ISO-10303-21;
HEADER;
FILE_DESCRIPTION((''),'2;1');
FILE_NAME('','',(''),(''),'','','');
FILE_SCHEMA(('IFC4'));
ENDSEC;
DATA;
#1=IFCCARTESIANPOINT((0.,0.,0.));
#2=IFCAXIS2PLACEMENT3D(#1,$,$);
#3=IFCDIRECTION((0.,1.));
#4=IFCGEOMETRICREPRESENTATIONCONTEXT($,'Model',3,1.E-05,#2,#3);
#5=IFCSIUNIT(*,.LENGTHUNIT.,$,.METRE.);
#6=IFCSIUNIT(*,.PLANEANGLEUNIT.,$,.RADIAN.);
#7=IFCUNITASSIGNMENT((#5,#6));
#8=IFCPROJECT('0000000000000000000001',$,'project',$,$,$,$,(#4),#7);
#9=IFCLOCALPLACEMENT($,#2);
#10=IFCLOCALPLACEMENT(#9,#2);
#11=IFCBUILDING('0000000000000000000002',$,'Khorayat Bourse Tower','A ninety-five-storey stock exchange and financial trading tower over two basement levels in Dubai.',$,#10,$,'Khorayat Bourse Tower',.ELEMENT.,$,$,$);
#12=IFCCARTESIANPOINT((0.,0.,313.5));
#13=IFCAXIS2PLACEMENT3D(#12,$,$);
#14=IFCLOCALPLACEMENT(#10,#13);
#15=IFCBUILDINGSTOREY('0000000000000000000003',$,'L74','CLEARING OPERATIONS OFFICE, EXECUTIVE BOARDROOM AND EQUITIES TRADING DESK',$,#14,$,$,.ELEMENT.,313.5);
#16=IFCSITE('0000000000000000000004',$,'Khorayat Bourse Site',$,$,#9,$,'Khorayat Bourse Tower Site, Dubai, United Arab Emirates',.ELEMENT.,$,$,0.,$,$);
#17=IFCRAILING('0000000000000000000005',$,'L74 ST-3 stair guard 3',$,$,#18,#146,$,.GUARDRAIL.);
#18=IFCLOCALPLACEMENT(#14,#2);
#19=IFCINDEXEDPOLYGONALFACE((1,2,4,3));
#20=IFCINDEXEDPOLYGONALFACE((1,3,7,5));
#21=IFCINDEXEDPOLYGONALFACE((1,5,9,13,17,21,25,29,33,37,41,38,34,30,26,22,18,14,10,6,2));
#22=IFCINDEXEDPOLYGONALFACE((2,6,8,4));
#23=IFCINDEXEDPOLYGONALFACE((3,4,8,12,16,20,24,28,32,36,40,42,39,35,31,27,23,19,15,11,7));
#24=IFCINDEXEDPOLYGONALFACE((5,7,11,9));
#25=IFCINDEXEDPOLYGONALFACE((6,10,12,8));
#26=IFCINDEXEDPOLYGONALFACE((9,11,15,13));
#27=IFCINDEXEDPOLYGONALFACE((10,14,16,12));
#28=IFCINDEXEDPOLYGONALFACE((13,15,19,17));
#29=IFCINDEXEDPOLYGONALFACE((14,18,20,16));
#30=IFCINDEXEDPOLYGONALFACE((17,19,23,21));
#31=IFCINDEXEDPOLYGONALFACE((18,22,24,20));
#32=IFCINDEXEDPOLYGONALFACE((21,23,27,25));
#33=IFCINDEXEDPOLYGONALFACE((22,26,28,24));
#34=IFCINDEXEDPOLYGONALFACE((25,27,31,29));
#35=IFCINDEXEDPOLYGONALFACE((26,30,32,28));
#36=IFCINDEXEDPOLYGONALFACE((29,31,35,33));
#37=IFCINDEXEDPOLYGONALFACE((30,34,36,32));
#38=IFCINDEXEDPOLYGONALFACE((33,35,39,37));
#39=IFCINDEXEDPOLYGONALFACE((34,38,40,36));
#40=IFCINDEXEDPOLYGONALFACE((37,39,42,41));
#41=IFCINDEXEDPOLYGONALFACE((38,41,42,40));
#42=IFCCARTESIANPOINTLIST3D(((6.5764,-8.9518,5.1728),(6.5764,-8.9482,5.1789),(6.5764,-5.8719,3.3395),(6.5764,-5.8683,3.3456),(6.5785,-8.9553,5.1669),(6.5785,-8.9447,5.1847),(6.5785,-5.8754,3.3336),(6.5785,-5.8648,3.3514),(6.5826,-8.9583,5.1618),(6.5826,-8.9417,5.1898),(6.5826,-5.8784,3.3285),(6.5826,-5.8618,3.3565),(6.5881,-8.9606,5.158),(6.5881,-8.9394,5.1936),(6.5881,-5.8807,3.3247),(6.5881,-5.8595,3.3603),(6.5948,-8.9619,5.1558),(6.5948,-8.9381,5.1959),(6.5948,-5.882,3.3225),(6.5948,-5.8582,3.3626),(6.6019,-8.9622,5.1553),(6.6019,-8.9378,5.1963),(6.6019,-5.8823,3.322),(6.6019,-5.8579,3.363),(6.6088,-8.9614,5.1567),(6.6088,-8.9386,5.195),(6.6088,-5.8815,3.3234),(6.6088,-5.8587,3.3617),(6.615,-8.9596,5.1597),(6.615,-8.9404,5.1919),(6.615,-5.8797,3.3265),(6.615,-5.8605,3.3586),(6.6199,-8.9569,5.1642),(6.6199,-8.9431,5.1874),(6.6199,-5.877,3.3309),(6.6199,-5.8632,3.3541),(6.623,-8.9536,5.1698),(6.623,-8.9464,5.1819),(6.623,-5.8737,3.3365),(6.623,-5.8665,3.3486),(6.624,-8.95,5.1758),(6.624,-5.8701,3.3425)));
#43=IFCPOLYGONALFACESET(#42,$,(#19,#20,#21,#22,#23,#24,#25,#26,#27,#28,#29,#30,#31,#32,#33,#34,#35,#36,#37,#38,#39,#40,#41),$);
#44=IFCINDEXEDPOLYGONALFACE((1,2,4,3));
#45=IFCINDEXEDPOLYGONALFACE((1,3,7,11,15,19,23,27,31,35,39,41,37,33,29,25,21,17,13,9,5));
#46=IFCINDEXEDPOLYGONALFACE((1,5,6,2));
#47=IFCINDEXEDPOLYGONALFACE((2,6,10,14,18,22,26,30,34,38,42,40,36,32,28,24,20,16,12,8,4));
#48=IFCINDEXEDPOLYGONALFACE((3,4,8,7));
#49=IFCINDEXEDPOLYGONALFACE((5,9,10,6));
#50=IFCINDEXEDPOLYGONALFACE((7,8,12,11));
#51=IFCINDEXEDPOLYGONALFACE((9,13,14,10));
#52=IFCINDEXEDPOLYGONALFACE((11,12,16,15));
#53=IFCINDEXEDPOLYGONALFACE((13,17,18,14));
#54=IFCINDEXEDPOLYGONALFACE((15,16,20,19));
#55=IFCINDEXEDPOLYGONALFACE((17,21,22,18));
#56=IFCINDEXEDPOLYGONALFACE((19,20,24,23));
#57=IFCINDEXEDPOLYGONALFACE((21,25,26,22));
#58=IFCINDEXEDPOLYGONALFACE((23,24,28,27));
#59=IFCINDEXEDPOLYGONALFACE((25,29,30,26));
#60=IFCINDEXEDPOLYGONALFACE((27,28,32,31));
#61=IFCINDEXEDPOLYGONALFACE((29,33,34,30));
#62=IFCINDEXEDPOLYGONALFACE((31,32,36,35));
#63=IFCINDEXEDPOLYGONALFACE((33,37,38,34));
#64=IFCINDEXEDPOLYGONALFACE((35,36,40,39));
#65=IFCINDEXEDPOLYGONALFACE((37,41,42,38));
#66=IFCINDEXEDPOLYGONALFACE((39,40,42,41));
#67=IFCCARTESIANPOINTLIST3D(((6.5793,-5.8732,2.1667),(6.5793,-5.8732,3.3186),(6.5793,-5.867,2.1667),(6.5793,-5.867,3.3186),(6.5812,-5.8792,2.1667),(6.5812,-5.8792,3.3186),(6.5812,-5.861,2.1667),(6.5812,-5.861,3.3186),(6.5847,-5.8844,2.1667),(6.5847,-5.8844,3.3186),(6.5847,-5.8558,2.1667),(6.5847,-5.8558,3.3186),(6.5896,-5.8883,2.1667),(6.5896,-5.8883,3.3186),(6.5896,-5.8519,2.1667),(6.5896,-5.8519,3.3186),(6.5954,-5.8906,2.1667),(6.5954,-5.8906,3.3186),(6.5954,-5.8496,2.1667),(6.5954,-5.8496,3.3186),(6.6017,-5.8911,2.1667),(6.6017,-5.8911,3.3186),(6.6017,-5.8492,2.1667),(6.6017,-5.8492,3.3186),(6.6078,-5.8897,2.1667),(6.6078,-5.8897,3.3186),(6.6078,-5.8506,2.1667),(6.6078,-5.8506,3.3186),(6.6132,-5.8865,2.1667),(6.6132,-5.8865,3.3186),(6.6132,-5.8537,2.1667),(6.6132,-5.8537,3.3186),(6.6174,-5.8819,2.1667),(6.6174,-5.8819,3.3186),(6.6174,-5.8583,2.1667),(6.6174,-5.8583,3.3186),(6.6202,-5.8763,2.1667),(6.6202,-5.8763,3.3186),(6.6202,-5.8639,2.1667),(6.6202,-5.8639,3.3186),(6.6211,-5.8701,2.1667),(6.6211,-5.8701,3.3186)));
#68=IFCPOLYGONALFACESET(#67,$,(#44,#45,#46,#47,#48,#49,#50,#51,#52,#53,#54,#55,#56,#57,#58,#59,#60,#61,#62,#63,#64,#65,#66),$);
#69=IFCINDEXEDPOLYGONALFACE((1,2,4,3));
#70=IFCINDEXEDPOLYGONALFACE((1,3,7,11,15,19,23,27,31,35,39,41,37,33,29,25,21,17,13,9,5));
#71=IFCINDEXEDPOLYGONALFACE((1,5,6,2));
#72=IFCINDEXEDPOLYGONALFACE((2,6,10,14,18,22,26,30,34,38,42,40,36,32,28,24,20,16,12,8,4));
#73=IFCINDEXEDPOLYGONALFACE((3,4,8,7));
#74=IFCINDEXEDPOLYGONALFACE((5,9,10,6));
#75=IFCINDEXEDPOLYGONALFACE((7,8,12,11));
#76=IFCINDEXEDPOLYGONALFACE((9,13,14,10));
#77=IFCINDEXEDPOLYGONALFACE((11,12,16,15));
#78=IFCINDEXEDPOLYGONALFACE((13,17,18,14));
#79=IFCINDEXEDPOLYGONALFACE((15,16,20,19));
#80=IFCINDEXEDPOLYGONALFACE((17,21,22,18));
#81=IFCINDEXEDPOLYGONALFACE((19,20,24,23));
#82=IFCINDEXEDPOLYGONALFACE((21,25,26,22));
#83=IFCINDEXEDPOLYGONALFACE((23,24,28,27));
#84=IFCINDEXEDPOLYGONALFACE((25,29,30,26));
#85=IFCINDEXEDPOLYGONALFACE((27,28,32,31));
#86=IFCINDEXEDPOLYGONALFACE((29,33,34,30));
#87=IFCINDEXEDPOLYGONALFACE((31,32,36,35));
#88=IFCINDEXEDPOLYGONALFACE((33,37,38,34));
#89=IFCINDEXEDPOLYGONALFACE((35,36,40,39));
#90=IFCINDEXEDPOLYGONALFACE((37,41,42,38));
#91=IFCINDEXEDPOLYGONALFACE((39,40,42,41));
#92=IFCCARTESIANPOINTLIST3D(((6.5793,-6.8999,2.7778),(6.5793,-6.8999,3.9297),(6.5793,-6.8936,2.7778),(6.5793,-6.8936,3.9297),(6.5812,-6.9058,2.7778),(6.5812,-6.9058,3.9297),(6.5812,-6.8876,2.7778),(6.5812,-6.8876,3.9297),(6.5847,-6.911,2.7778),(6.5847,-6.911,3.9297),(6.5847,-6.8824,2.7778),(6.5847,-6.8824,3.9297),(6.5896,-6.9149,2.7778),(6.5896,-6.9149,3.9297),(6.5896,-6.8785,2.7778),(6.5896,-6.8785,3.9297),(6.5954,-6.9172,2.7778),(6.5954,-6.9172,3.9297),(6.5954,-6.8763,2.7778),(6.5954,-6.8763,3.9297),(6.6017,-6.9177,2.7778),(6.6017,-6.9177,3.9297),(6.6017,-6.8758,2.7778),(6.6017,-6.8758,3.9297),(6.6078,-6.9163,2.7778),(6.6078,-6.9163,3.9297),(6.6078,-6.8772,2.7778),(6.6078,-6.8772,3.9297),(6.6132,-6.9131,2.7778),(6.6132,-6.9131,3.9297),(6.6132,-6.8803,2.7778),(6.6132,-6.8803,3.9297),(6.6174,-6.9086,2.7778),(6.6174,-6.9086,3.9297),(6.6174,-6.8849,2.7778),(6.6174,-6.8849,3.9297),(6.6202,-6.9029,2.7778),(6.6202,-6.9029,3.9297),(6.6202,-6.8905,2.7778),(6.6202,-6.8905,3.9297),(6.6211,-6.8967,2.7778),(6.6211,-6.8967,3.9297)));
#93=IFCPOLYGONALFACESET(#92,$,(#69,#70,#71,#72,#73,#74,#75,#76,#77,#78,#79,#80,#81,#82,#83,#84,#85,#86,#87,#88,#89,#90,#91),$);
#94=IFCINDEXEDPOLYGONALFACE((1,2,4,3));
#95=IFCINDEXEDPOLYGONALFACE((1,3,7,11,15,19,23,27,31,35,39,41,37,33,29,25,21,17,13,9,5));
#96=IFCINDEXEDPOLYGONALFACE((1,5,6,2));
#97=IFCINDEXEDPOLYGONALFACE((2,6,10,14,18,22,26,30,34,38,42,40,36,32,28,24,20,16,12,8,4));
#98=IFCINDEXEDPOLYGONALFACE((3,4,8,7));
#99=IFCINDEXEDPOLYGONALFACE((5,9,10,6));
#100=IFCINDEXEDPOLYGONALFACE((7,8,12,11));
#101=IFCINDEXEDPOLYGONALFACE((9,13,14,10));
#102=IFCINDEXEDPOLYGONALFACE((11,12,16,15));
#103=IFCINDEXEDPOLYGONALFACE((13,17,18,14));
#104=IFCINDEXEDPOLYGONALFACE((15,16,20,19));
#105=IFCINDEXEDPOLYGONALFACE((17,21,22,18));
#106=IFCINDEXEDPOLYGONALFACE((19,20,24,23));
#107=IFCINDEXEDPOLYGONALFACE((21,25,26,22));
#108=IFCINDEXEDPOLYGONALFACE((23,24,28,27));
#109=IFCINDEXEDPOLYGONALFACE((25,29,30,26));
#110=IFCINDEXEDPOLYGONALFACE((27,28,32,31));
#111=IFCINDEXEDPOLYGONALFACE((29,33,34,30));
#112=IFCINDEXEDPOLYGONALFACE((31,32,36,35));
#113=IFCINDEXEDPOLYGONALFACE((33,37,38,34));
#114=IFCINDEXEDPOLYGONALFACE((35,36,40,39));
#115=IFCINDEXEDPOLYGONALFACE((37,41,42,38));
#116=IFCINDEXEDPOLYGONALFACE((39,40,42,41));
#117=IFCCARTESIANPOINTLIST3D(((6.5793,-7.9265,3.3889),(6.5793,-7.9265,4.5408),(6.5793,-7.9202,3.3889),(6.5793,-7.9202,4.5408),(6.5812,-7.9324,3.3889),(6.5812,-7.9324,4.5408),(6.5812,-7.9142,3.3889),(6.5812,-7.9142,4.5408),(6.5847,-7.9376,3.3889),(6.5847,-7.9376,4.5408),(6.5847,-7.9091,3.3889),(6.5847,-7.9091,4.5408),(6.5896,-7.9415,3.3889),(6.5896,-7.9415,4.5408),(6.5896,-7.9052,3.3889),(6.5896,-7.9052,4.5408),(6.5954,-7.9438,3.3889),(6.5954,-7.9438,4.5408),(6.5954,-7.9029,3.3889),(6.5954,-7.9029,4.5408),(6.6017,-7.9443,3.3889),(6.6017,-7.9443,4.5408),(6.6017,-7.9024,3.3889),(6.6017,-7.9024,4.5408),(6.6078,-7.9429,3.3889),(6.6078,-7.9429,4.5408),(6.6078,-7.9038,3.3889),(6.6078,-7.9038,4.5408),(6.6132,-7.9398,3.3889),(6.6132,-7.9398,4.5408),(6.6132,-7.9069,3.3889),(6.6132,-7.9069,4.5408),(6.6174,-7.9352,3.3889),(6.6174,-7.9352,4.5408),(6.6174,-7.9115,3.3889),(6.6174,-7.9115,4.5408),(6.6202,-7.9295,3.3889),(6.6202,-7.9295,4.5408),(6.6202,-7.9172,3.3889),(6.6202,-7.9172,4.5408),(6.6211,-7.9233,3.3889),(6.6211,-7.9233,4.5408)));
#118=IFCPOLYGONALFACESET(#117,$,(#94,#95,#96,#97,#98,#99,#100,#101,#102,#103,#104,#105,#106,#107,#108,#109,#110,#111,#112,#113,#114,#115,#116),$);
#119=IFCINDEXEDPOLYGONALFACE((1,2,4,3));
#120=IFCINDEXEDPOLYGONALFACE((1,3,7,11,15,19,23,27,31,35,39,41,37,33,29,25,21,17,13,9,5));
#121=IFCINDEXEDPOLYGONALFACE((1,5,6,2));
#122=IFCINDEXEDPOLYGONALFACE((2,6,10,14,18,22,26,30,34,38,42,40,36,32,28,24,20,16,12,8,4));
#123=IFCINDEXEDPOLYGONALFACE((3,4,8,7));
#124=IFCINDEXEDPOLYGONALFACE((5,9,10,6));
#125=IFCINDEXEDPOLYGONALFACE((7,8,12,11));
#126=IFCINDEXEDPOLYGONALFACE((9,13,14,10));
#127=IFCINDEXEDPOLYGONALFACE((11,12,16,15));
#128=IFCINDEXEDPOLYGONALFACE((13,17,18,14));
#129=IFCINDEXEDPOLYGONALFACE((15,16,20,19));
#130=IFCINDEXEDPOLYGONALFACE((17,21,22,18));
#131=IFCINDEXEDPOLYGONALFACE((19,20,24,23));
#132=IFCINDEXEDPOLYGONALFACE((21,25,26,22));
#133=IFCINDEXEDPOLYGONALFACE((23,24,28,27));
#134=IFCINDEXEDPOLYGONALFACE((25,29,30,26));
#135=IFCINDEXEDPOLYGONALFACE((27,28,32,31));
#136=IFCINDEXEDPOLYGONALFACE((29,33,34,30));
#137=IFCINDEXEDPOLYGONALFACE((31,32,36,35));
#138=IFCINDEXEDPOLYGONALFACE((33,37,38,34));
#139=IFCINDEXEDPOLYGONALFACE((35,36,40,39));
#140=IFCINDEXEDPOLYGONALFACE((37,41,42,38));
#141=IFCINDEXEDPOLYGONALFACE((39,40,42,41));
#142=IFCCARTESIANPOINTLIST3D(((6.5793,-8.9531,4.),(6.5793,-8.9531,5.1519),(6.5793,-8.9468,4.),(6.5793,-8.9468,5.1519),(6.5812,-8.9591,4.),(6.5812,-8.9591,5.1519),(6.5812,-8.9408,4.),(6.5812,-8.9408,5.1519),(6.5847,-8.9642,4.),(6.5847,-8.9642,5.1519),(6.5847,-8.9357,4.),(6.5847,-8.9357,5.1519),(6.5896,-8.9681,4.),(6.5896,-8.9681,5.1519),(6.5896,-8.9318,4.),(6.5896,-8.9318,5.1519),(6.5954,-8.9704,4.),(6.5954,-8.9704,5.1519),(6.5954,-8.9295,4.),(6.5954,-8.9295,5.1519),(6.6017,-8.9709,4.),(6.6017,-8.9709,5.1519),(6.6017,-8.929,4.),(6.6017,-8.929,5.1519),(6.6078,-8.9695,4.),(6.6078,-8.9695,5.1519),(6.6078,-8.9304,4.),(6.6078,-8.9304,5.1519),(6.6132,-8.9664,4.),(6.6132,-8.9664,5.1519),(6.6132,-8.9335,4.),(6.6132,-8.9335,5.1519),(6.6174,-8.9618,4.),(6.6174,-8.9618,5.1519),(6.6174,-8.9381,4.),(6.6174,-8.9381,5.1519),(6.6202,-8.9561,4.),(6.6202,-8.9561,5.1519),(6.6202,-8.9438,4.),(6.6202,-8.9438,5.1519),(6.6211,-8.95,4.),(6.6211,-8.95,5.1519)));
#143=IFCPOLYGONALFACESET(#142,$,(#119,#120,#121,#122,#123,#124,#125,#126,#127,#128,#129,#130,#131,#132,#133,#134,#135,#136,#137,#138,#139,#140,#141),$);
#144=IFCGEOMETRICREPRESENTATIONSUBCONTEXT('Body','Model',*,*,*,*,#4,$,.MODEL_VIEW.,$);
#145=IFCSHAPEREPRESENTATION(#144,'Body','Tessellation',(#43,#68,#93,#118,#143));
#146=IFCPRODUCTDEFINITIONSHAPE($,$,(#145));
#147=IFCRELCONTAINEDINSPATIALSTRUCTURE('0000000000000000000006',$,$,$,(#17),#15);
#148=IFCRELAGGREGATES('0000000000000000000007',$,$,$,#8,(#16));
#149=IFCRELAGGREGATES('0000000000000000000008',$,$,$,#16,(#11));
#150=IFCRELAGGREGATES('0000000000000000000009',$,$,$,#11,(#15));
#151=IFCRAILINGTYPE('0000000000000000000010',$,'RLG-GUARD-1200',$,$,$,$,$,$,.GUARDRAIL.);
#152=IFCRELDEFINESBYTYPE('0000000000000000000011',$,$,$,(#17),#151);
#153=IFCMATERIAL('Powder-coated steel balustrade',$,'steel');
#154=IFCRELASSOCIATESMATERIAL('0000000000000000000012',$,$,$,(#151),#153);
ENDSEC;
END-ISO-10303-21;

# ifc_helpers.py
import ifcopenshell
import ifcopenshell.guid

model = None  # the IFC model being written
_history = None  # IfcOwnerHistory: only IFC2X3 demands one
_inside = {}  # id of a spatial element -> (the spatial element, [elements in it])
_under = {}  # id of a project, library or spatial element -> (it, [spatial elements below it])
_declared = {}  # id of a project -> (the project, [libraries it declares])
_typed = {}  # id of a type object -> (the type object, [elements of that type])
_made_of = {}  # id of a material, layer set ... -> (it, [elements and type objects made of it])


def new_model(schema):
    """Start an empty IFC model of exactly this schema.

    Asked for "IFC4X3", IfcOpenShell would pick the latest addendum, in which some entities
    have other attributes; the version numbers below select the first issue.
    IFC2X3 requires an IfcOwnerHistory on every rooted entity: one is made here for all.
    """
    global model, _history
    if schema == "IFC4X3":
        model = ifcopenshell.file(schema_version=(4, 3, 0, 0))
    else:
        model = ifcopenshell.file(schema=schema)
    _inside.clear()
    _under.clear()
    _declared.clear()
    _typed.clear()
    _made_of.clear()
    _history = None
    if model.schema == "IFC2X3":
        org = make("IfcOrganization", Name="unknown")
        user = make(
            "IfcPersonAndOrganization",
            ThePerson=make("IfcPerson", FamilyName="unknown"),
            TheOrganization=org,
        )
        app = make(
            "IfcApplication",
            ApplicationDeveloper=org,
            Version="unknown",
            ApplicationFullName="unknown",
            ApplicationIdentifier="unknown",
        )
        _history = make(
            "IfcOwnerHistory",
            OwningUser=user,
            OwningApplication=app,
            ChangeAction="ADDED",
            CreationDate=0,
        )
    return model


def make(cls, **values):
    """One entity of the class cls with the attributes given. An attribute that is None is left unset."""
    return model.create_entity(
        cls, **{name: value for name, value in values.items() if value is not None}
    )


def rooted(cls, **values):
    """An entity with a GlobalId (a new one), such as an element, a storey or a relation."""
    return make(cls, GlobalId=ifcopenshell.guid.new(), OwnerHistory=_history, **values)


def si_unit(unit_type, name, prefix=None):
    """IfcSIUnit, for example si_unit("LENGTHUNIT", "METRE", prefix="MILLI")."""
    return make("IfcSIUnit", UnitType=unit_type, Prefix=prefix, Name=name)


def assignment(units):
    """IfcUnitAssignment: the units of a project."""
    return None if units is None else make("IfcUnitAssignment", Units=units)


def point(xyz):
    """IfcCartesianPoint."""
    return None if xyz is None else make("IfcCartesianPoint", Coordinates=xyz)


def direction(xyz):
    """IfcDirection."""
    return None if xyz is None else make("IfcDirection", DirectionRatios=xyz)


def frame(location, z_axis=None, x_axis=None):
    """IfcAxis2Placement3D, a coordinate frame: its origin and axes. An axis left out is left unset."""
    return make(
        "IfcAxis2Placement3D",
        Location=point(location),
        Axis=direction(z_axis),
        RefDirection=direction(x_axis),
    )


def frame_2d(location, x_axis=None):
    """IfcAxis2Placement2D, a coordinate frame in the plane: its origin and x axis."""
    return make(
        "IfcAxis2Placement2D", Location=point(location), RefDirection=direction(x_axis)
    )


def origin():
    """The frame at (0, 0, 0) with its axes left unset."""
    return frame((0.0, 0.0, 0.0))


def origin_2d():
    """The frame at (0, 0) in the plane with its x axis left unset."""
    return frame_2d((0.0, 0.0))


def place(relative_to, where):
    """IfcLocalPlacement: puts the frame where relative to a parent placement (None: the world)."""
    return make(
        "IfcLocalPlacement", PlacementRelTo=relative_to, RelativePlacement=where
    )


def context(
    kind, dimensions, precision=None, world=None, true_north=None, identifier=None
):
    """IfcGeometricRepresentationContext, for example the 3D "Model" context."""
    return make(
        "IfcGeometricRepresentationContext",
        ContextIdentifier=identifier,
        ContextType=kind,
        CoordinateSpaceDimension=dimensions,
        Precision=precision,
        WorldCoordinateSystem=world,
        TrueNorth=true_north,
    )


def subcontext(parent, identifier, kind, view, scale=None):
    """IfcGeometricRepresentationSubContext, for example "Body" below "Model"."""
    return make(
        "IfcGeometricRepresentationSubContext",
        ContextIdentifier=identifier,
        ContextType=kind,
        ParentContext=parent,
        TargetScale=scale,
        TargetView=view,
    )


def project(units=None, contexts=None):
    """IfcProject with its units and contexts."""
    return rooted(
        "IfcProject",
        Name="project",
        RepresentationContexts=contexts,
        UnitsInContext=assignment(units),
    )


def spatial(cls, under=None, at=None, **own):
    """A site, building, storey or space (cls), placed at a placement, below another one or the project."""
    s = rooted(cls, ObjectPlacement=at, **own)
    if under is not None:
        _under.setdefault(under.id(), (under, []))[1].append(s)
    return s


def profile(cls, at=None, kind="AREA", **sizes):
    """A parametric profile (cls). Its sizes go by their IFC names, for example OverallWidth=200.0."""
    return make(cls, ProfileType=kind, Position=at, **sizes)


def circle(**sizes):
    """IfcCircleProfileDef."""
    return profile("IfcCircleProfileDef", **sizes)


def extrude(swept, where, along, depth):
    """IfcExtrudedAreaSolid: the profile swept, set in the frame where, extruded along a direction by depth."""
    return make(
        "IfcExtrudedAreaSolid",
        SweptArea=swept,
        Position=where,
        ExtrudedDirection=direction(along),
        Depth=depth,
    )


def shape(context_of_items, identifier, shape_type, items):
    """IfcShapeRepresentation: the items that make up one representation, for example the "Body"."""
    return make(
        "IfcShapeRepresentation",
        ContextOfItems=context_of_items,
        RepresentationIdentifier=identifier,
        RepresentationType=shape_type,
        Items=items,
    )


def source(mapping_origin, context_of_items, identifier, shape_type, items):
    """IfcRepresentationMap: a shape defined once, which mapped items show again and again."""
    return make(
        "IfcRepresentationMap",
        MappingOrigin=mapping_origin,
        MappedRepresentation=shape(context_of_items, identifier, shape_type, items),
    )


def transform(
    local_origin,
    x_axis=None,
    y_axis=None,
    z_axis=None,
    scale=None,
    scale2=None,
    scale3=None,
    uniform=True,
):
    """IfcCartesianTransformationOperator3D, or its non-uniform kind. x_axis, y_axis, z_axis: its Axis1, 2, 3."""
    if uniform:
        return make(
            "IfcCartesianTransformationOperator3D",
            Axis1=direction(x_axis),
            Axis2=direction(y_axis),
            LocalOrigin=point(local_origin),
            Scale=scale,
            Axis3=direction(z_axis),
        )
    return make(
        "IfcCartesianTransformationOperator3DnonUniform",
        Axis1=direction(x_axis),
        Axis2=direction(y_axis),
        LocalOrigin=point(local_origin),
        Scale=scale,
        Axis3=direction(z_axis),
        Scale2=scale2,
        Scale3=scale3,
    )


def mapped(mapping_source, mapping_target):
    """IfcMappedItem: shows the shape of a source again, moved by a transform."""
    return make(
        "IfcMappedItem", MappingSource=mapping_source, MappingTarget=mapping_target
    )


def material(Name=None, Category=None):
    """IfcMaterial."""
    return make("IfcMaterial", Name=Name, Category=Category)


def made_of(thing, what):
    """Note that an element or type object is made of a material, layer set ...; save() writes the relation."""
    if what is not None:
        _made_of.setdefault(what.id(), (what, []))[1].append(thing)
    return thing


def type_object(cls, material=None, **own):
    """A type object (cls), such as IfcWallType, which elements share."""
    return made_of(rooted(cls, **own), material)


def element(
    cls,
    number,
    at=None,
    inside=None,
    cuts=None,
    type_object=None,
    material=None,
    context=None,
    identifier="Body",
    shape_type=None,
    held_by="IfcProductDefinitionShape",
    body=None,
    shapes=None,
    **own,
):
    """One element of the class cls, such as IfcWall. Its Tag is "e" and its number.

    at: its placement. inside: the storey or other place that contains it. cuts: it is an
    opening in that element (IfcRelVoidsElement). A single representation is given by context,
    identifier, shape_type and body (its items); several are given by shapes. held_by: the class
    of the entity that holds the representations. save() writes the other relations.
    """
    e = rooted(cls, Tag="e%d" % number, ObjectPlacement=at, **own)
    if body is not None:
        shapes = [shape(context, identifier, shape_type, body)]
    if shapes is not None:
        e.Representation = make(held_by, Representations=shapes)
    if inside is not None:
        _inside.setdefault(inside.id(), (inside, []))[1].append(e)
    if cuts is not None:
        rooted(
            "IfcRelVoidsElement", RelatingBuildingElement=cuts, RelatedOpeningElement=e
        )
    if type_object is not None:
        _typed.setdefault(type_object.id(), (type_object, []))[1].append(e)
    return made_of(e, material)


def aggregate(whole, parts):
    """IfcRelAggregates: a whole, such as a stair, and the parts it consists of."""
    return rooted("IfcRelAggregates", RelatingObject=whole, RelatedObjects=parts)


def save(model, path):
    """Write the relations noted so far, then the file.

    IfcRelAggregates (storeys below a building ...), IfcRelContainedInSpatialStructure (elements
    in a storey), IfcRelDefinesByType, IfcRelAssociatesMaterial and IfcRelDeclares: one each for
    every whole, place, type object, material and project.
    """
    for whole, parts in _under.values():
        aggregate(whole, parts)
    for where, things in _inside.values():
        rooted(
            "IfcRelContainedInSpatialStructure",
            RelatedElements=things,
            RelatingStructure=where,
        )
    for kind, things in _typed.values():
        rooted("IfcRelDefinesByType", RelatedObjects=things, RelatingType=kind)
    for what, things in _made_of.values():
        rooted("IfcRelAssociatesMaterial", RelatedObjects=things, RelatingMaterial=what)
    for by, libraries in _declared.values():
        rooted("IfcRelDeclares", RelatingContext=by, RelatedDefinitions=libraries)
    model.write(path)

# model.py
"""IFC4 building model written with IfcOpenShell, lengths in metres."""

from ifc_helpers import new_model, si_unit, direction, frame, origin, origin_2d, place, context, subcontext, project, spatial, circle, extrude, source, transform, mapped, material, type_object, element, save


model = new_model("IFC4")

# Units and contexts
model_context = context("Model", 3, precision=1e-05, world=origin(), true_north=direction((0.0, 1.0)))
body_context = subcontext(model_context, "Body", "Model", "MODEL_VIEW")
ifc_project = project(units=[si_unit("LENGTHUNIT", "METRE"), si_unit("PLANEANGLEUNIT", "RADIAN")], contexts=[model_context])

# Site, building, storey
site_placement = place(None, origin())
site = spatial("IfcSite", under=ifc_project, at=site_placement, Name="Khorayat Bourse Site", LongName="Khorayat Bourse Tower Site, Dubai, United Arab Emirates", CompositionType="ELEMENT", RefElevation=0.0)
building_placement = place(site_placement, origin())
building = spatial("IfcBuilding", under=site, at=building_placement, Name="Khorayat Bourse Tower", Description="A ninety-five-storey stock exchange and financial trading tower over two basement levels in Dubai.", LongName="Khorayat Bourse Tower", CompositionType="ELEMENT")
storey_placement = place(building_placement, frame((0.0, 0.0, 313.5)))
storey = spatial("IfcBuildingStorey", under=building, at=storey_placement, Name="L74", Description="CLEARING OPERATIONS OFFICE, EXECUTIVE BOARDROOM AND EQUITIES TRADING DESK", CompositionType="ELEMENT", Elevation=313.5)

# Railing
ifc_material_1 = material(Name="Powder-coated steel balustrade", Category="steel")
railing_type_1 = type_object("IfcRailingType", Name="RLG-GUARD-1200", PredefinedType="GUARDRAIL", material=ifc_material_1)
shared_shape_1 = source(origin(), body_context, "Body", "SweptSolid", [
    extrude(circle(Radius=0.0239, at=origin_2d()), frame((0.0, 0.0, 1.1758), z_axis=(0.0, -0.859291, 0.511487), x_axis=(1.0, 0.0, 0.0)), (0.0, 0.0, 1.0), 3.5842),
    extrude(circle(Radius=0.021, at=origin_2d()), origin(), (0.0, 0.0, 1.0), 1.1519),
    extrude(circle(Radius=0.021, at=origin_2d()), frame((0.0, -1.0266, 0.6111)), (0.0, 0.0, 1.0), 1.1519),
    extrude(circle(Radius=0.021, at=origin_2d()), frame((0.0, -2.0532, 1.2222)), (0.0, 0.0, 1.0), 1.1519),
    extrude(circle(Radius=0.021, at=origin_2d()), frame((0.0, -3.0798, 1.8333)), (0.0, 0.0, 1.0), 1.1519),
])
railing_1_placement = place(storey_placement, frame((6.6001, -5.8701, 2.1667)))
element("IfcRailing", 1, at=railing_1_placement, inside=storey, type_object=railing_type_1, Name="L74 ST-3 stair guard 3", PredefinedType="GUARDRAIL", context=body_context, shape_type="MappedRepresentation", body=[
    mapped(shared_shape_1, transform((0.0, 0.0, 0.0), scale=1.0)),
])

save(model, "model.ifc")
